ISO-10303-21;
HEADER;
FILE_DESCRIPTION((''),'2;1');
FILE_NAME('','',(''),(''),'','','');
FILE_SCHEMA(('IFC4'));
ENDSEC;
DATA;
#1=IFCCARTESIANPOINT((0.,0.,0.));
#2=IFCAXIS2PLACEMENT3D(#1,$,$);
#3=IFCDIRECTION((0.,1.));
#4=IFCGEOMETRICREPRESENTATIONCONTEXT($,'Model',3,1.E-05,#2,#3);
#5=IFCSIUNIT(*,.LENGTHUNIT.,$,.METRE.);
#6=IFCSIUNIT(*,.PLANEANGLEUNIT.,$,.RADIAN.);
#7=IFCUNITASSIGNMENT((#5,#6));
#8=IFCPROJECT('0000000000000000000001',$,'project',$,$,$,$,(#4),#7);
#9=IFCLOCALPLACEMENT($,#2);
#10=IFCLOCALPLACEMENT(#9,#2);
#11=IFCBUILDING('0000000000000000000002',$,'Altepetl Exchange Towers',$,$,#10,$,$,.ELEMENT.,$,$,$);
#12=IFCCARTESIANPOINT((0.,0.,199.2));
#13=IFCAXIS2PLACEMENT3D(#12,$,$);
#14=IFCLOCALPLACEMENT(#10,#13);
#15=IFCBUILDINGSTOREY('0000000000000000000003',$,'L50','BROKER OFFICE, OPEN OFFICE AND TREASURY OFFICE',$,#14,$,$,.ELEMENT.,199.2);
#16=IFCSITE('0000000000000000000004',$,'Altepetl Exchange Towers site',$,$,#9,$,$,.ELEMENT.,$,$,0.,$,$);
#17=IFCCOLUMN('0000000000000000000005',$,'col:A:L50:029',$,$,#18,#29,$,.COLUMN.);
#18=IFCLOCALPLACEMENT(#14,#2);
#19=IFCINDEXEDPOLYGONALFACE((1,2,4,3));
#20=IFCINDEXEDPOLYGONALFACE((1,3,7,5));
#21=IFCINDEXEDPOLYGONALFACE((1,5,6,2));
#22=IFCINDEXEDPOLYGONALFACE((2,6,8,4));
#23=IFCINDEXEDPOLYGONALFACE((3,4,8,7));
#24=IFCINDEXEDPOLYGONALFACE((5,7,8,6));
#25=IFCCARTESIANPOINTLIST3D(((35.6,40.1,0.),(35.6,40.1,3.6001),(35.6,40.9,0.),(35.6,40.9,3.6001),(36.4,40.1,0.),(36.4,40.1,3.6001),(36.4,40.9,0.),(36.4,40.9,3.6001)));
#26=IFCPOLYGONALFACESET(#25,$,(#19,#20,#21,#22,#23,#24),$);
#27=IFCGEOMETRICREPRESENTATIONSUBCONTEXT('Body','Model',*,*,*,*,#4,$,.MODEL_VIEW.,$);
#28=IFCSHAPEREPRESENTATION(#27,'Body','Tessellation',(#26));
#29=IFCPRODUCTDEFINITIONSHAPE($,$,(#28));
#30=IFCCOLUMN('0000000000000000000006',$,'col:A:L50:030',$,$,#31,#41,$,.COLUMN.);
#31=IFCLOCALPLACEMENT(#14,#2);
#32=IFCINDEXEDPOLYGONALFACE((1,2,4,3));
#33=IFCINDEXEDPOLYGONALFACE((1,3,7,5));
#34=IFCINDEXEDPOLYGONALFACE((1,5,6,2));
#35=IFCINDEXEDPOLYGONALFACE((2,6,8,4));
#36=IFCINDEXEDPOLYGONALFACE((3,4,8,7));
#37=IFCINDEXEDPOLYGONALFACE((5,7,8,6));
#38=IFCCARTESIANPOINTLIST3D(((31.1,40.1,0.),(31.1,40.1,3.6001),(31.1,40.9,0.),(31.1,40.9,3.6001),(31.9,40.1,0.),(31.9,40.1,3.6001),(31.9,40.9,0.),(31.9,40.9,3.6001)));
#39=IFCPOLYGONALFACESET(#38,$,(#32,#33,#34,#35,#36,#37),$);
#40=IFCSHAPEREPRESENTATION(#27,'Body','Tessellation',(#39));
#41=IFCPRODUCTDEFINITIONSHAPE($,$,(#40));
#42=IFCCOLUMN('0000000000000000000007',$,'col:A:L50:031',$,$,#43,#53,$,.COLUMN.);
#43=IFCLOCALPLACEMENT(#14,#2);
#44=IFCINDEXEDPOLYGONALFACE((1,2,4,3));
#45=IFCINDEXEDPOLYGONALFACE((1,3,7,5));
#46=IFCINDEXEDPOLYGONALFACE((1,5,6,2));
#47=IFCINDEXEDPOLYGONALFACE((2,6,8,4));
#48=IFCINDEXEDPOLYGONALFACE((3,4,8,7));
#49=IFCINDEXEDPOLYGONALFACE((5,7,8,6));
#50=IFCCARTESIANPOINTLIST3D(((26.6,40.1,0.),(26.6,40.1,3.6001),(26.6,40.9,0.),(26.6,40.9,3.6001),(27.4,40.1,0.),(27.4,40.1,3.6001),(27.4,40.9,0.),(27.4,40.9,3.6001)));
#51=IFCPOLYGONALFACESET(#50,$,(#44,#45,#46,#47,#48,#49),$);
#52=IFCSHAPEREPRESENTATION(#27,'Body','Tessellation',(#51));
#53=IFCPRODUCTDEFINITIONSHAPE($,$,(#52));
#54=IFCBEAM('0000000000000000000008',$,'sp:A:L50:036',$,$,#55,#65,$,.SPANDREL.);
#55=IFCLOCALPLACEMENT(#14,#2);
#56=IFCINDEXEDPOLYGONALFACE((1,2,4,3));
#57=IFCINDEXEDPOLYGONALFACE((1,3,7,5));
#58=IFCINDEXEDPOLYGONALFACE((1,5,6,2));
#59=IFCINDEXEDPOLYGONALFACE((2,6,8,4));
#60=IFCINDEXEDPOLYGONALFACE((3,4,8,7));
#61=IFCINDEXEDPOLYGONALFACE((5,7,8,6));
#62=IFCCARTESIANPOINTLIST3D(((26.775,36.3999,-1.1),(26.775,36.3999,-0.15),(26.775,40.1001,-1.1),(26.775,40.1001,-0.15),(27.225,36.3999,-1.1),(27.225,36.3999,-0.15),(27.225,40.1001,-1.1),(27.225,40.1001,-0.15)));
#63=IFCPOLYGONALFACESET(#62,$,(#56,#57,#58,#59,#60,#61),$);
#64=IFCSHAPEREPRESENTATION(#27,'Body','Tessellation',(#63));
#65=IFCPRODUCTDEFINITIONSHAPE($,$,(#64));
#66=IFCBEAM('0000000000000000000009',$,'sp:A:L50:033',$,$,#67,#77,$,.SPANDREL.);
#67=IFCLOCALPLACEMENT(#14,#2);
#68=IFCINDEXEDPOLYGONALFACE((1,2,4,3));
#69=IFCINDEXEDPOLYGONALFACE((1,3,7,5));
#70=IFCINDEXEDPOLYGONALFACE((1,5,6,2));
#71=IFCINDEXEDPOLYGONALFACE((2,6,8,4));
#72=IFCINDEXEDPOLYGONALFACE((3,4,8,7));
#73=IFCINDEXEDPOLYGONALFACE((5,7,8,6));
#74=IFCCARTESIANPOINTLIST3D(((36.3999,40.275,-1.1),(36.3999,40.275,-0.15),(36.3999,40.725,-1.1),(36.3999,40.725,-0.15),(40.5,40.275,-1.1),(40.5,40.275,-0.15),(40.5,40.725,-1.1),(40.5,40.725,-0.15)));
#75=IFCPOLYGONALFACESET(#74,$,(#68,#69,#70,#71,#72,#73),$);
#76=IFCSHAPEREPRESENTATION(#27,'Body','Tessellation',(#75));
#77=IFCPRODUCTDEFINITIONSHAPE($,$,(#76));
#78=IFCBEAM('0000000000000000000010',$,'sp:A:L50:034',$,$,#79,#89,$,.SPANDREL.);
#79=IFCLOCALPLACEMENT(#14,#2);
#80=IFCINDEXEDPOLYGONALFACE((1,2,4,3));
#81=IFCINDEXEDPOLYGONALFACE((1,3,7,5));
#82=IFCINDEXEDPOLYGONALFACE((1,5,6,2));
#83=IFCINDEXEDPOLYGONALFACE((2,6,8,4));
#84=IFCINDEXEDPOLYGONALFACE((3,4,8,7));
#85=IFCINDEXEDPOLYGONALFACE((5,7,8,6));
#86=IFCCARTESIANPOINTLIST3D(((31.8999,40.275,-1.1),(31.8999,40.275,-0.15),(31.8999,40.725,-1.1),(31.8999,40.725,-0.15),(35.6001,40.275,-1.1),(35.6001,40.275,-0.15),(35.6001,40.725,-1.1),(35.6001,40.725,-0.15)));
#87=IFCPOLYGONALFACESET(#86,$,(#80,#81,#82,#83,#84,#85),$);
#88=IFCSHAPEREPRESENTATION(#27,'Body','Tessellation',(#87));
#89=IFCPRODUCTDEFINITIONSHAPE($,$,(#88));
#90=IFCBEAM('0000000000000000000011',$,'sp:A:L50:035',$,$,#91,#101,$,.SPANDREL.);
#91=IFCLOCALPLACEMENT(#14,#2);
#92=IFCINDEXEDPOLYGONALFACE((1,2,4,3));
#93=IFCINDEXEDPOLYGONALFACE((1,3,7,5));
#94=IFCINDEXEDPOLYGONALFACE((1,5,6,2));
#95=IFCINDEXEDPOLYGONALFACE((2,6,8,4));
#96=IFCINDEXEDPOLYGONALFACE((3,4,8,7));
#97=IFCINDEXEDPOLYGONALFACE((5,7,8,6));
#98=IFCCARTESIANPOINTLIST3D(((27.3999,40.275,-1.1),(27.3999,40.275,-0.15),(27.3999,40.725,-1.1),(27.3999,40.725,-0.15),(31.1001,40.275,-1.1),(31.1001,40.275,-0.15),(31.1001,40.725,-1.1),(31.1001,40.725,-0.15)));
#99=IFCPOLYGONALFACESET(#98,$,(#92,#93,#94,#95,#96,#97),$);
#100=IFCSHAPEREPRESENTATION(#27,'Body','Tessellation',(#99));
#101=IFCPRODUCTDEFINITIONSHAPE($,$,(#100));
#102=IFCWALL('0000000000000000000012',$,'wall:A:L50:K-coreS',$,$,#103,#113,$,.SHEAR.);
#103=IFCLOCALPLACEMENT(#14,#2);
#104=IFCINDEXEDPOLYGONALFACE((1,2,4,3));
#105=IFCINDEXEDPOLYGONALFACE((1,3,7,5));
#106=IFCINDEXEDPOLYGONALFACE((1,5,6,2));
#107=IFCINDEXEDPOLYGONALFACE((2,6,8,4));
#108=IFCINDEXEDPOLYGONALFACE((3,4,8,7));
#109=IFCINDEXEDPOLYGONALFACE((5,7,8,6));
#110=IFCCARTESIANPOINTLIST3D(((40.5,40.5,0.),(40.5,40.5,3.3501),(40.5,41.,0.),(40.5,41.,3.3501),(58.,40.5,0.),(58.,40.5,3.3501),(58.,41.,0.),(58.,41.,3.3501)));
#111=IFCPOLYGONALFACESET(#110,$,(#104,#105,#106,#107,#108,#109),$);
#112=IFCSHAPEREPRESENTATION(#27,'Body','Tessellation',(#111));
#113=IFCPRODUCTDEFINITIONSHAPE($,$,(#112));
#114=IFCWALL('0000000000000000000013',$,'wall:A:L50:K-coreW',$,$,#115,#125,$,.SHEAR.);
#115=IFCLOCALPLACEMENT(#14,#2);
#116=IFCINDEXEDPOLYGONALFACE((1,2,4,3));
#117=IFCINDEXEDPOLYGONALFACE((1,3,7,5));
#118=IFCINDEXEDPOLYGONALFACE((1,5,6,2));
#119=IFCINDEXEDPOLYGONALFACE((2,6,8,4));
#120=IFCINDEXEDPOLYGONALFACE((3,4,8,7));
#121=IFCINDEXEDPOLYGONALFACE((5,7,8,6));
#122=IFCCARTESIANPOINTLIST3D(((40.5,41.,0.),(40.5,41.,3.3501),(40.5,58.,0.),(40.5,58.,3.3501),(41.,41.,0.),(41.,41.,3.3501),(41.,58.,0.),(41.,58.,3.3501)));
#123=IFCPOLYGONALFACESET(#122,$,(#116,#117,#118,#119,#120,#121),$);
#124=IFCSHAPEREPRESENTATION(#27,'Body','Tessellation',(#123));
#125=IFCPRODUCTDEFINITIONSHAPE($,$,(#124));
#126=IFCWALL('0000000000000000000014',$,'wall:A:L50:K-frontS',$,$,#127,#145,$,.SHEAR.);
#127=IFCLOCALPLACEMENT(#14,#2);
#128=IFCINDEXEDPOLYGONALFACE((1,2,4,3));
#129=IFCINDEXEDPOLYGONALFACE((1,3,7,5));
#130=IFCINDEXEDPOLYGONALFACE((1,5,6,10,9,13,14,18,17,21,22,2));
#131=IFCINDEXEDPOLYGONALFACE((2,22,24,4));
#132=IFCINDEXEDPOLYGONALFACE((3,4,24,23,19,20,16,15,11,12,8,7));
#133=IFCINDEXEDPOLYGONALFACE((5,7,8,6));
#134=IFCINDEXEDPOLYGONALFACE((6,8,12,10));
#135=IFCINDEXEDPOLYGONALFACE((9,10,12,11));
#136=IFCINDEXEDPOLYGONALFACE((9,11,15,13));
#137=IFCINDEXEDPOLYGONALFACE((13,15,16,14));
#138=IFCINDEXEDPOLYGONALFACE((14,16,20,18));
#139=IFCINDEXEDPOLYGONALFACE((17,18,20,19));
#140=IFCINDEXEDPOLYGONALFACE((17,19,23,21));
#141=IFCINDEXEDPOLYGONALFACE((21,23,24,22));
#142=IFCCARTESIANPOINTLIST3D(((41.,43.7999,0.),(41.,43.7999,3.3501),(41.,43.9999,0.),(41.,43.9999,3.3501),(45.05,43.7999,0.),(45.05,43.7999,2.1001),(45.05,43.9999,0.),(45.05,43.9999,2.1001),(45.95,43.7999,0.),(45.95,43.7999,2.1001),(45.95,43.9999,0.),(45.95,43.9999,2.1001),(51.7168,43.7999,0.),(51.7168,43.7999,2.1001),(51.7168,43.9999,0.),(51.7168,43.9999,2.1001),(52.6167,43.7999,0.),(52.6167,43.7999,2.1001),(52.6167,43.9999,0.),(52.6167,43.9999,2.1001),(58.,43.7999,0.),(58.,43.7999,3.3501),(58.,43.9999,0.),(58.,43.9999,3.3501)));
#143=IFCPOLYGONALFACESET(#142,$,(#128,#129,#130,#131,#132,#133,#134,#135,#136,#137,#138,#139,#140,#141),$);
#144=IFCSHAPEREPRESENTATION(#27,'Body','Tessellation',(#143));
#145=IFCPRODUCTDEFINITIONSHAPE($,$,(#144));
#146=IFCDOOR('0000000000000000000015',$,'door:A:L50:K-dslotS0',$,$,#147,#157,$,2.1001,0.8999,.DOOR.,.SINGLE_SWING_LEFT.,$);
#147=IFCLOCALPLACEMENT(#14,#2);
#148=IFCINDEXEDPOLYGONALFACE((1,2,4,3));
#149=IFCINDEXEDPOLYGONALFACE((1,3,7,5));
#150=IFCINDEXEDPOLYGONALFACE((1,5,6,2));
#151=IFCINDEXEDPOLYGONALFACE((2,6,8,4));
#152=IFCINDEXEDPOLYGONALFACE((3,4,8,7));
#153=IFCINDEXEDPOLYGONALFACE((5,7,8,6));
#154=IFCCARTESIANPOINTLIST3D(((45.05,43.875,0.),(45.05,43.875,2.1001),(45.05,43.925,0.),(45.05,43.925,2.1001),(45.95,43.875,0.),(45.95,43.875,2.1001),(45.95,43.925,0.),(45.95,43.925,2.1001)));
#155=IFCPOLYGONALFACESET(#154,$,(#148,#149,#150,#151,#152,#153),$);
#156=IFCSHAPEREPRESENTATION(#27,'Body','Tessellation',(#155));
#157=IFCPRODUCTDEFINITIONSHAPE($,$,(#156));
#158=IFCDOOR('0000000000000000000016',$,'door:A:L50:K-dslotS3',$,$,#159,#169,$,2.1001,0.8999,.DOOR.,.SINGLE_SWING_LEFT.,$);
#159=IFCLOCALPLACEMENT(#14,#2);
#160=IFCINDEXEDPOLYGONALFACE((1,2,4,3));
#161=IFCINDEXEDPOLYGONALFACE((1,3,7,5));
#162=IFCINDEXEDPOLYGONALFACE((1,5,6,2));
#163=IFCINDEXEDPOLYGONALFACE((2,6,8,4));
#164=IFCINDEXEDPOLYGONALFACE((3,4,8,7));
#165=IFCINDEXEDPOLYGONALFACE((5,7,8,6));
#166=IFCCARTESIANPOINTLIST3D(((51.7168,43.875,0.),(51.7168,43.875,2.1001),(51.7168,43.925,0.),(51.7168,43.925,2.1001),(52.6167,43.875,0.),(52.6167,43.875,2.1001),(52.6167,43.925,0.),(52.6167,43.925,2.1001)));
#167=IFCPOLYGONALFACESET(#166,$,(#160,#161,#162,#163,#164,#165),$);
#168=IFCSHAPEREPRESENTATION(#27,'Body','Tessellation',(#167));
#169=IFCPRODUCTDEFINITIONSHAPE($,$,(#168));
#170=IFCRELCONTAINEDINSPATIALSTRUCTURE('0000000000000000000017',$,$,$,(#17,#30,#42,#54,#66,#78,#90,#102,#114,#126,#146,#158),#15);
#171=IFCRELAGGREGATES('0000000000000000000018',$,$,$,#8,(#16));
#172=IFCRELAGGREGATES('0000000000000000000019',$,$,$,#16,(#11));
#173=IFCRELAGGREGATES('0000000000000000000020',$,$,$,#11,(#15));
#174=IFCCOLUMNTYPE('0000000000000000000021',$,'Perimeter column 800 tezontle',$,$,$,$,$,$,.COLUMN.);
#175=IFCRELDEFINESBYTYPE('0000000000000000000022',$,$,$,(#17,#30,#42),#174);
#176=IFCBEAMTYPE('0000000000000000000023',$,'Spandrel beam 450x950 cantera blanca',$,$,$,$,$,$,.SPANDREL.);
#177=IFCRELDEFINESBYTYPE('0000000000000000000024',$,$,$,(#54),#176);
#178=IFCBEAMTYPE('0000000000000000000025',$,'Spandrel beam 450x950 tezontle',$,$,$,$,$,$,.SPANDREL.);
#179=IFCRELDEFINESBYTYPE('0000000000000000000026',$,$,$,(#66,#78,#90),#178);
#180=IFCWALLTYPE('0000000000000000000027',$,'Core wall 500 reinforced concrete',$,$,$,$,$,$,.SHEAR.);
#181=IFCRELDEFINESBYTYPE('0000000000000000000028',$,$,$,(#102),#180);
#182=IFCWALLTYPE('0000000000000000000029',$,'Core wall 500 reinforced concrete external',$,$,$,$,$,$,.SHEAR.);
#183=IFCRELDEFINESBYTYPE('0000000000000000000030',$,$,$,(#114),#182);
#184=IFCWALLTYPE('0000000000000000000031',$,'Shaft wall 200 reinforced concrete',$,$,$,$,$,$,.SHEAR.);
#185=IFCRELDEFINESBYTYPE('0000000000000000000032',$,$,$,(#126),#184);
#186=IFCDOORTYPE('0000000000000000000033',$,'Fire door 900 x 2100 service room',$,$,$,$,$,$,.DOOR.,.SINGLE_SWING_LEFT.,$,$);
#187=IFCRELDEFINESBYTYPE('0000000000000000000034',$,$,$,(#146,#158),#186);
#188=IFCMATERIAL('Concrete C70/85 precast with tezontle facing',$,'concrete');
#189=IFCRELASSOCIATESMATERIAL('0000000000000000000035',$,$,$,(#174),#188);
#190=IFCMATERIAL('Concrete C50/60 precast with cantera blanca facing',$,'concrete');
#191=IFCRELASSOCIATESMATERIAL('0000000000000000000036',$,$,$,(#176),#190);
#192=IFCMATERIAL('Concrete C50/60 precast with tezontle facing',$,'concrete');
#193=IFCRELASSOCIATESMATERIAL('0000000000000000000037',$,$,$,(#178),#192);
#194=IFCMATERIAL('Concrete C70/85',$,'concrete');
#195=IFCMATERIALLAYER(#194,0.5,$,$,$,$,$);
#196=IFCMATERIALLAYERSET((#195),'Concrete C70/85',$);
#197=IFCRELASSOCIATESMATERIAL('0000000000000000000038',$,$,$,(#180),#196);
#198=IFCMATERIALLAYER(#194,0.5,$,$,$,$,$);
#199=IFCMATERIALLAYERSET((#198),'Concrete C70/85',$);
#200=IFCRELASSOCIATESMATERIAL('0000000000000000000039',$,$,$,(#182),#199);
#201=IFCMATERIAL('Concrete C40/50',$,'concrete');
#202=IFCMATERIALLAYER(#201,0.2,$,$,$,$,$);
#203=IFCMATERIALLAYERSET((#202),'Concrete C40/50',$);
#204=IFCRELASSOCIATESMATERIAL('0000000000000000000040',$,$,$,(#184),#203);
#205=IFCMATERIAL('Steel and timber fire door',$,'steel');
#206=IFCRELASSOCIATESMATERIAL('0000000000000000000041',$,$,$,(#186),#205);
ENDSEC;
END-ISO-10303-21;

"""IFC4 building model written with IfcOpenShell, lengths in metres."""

from ifc_helpers import new_model, si_unit, direction, frame, frame_2d, origin, origin_2d, place, context, subcontext, project, spatial, rectangle, extrude, material, layer, layer_set, material_profile, profile_set, type_object, element, fill, save


model = new_model("IFC4")

# Units and contexts
model_context = context("Model", 3, precision=1e-05, world=origin(), true_north=direction((0.0, 1.0)))
body_context = subcontext(model_context, "Body", "Model", "MODEL_VIEW")
ifc_project = project(units=[si_unit("LENGTHUNIT", "METRE"), si_unit("PLANEANGLEUNIT", "RADIAN")], contexts=[model_context])

# Site, building, storey
site_placement = place(None, origin())
site = spatial("IfcSite", under=ifc_project, at=site_placement, Name="Altepetl Exchange Towers site", CompositionType="ELEMENT", RefElevation=0.0)
building_placement = place(site_placement, origin())
building = spatial("IfcBuilding", under=site, at=building_placement, Name="Altepetl Exchange Towers", CompositionType="ELEMENT")
storey_placement = place(building_placement, frame((0.0, 0.0, 199.2)))
storey = spatial("IfcBuildingStorey", under=building, at=storey_placement, Name="L50", Description="BROKER OFFICE, OPEN OFFICE AND TREASURY OFFICE", CompositionType="ELEMENT", Elevation=199.2)

# Columns
ifc_material_1 = material(Name="Concrete C70/85 precast with tezontle facing", Category="concrete")
ifc_material_profile_1 = material_profile(ifc_material_1, rectangle(XDim=0.8, YDim=0.8, at=origin_2d()), Name="800 x 800")
ifc_profile_set_1 = profile_set([ifc_material_profile_1], Name="Concrete C70/85 precast with tezontle facing")
column_type = type_object("IfcColumnType", Name="Perimeter column 800 tezontle", PredefinedType="COLUMN", material=ifc_profile_set_1)
for number, where, name in (
    (1, (36.0, 40.5, 0.0), "col:A:L50:029"),
    (2, (31.5, 40.5, 0.0), "col:A:L50:030"),
    (3, (27.0, 40.5, 0.0), "col:A:L50:031"),
):
    element("IfcColumn", number, at=place(storey_placement, frame(where)), inside=storey, type_object=column_type, Name=name, PredefinedType="COLUMN", context=body_context, shape_type="SweptSolid", body=[
        extrude(rectangle(XDim=0.8, YDim=0.8, at=origin_2d()), origin(), (0.0, 0.0, 1.0), 3.6001),
    ])

# Beams
ifc_material_2 = material(Name="Concrete C50/60 precast with cantera blanca facing", Category="concrete")
ifc_material_profile_2 = material_profile(ifc_material_2, rectangle(XDim=0.45, YDim=0.95, at=origin_2d()), Name="450 x 950")
ifc_profile_set_2 = profile_set([ifc_material_profile_2], Name="Concrete C50/60 precast with cantera blanca facing")
beam_type_1 = type_object("IfcBeamType", Name="Spandrel beam 450x950 cantera blanca", PredefinedType="SPANDREL", material=ifc_profile_set_2)
beam_1_placement = place(storey_placement, frame((27.0, 40.1001, -0.625), z_axis=(0.0, -1.0, 0.0), x_axis=(1.0, 0.0, 0.0)))
element("IfcBeam", 4, at=beam_1_placement, inside=storey, type_object=beam_type_1, Name="sp:A:L50:036", PredefinedType="SPANDREL", context=body_context, shape_type="SweptSolid", body=[
    extrude(rectangle(XDim=0.45, YDim=0.95, at=origin_2d()), origin(), (0.0, 0.0, 1.0), 3.7002),
])
ifc_material_3 = material(Name="Concrete C50/60 precast with tezontle facing", Category="concrete")
ifc_material_profile_3 = material_profile(ifc_material_3, rectangle(XDim=0.45, YDim=0.95, at=origin_2d()), Name="450 x 950")
ifc_profile_set_3 = profile_set([ifc_material_profile_3], Name="Concrete C50/60 precast with tezontle facing")
beam_type_2 = type_object("IfcBeamType", Name="Spandrel beam 450x950 tezontle", PredefinedType="SPANDREL", material=ifc_profile_set_3)
beam_2_placement = place(storey_placement, frame((40.5, 40.5, -0.625), z_axis=(-1.0, 0.0, 0.0), x_axis=(0.0, -1.0, 0.0)))
element("IfcBeam", 5, at=beam_2_placement, inside=storey, type_object=beam_type_2, Name="sp:A:L50:033", PredefinedType="SPANDREL", context=body_context, shape_type="SweptSolid", body=[
    extrude(rectangle(XDim=0.45, YDim=0.95, at=origin_2d()), origin(), (0.0, 0.0, 1.0), 4.1001),
])
for number, where, z_axis, x_axis, name in (
    (6, (35.6001, 40.5, -0.625), (-1.0, 0.0, 0.0), (0.0, -1.0, 0.0), "sp:A:L50:034"),
    (7, (31.1001, 40.5, -0.625), (-1.0, 0.0, 0.0), (0.0, -1.0, 0.0), "sp:A:L50:035"),
):
    element("IfcBeam", number, at=place(storey_placement, frame(where, z_axis=z_axis, x_axis=x_axis)), inside=storey, type_object=beam_type_2, Name=name, PredefinedType="SPANDREL", context=body_context, shape_type="SweptSolid", body=[
        extrude(rectangle(XDim=0.45, YDim=0.95, at=origin_2d()), origin(), (0.0, 0.0, 1.0), 3.7002),
    ])

# Walls
ifc_material_4 = material(Name="Concrete C70/85", Category="concrete")
ifc_layer_1 = layer(ifc_material_4, 0.5)
ifc_layer_set_1 = layer_set([ifc_layer_1], Name="Concrete C70/85")
wall_type_1 = type_object("IfcWallType", Name="Core wall 500 reinforced concrete", PredefinedType="SHEAR", material=ifc_layer_set_1)
wall_1_placement = place(storey_placement, frame((40.5, 40.75, 0.0)))
element("IfcWall", 8, at=wall_1_placement, inside=storey, type_object=wall_type_1, Name="wall:A:L50:K-coreS", PredefinedType="SHEAR", context=body_context, shape_type="SweptSolid", body=[
    extrude(rectangle(XDim=17.5, YDim=0.5, at=frame_2d((8.75, 0.0))), origin(), (0.0, 0.0, 1.0), 3.3501),
])
ifc_layer_2 = layer(ifc_material_4, 0.5)
ifc_layer_set_2 = layer_set([ifc_layer_2], Name="Concrete C70/85")
wall_type_2 = type_object("IfcWallType", Name="Core wall 500 reinforced concrete external", PredefinedType="SHEAR", material=ifc_layer_set_2)
wall_2_placement = place(storey_placement, frame((40.75, 41.0, 0.0), z_axis=(0.0, 0.0, 1.0), x_axis=(0.0, 1.0, 0.0)))
element("IfcWall", 9, at=wall_2_placement, inside=storey, type_object=wall_type_2, Name="wall:A:L50:K-coreW", PredefinedType="SHEAR", context=body_context, shape_type="SweptSolid", body=[
    extrude(rectangle(XDim=17.0, YDim=0.5, at=frame_2d((8.5, 0.0))), origin(), (0.0, 0.0, 1.0), 3.3501),
])

# Wall, openings, doors
ifc_material_5 = material(Name="Concrete C40/50", Category="concrete")
ifc_layer_3 = layer(ifc_material_5, 0.2)
ifc_layer_set_3 = layer_set([ifc_layer_3], Name="Concrete C40/50")
wall_type_3 = type_object("IfcWallType", Name="Shaft wall 200 reinforced concrete", PredefinedType="SHEAR", material=ifc_layer_set_3)
wall_3_placement = place(storey_placement, frame((41.0, 43.8999, 0.0)))
wall_3 = element("IfcWall", 10, at=wall_3_placement, inside=storey, type_object=wall_type_3, Name="wall:A:L50:K-frontS", PredefinedType="SHEAR", context=body_context, shape_type="SweptSolid", body=[
    extrude(rectangle(XDim=17.0, YDim=0.2, at=frame_2d((8.5, 0.0))), origin(), (0.0, 0.0, 1.0), 3.3501),
])
opening_1_placement = place(wall_3_placement, frame((4.05, 0.0, 0.0)))
opening_1 = element("IfcOpeningElement", 11, at=opening_1_placement, cuts=wall_3, PredefinedType="OPENING", context=body_context, shape_type="SweptSolid", body=[
    extrude(rectangle(XDim=0.8999, YDim=2.1001, at=frame_2d((0.45, 1.05))), frame((0.0, 0.1099, 0.0), z_axis=(0.0, -1.0, 0.0), x_axis=(1.0, 0.0, 0.0)), (0.0, 0.0, 1.0), 0.22),
])
opening_2_placement = place(wall_3_placement, frame((10.7168, 0.0, 0.0)))
opening_2 = element("IfcOpeningElement", 12, at=opening_2_placement, cuts=wall_3, PredefinedType="OPENING", context=body_context, shape_type="SweptSolid", body=[
    extrude(rectangle(XDim=0.8999, YDim=2.1001, at=frame_2d((0.45, 1.05))), frame((0.0, 0.1099, 0.0), z_axis=(0.0, -1.0, 0.0), x_axis=(1.0, 0.0, 0.0)), (0.0, 0.0, 1.0), 0.22),
])
ifc_material_6 = material(Name="Steel and timber fire door", Category="steel")
door_type_1 = type_object("IfcDoorType", Name="Fire door 900 x 2100 service room", OperationType="SINGLE_SWING_LEFT", PredefinedType="DOOR", material=ifc_material_6)
door_1_placement = place(opening_1_placement, frame((0.8999, 0.0, 0.0), x_axis=(-1.0, 0.0, 0.0)))
door_1 = element("IfcDoor", 13, at=door_1_placement, inside=storey, type_object=door_type_1, Name="door:A:L50:K-dslotS0", OperationType="SINGLE_SWING_LEFT", OverallHeight=2.1001, OverallWidth=0.8999, PredefinedType="DOOR", context=body_context, shape_type="SweptSolid", body=[
    extrude(rectangle(XDim=0.8999, YDim=2.1001, at=frame_2d((0.45, 1.05))), frame((0.0, 0.0249, 0.0), z_axis=(0.0, -1.0, 0.0), x_axis=(1.0, 0.0, 0.0)), (0.0, 0.0, 1.0), 0.05),
])
fill(opening_1, door_1)
door_2_placement = place(opening_2_placement, frame((0.8999, 0.0, 0.0), x_axis=(-1.0, 0.0, 0.0)))
door_2 = element("IfcDoor", 14, at=door_2_placement, inside=storey, type_object=door_type_1, Name="door:A:L50:K-dslotS3", OperationType="SINGLE_SWING_LEFT", OverallHeight=2.1001, OverallWidth=0.8999, PredefinedType="DOOR", context=body_context, shape_type="SweptSolid", body=[
    extrude(rectangle(XDim=0.8999, YDim=2.1001, at=frame_2d((0.45, 1.05))), frame((0.0, 0.0249, 0.0), z_axis=(0.0, -1.0, 0.0), x_axis=(1.0, 0.0, 0.0)), (0.0, 0.0, 1.0), 0.05),
])
fill(opening_2, door_2)

save(model, "model.ifc")
